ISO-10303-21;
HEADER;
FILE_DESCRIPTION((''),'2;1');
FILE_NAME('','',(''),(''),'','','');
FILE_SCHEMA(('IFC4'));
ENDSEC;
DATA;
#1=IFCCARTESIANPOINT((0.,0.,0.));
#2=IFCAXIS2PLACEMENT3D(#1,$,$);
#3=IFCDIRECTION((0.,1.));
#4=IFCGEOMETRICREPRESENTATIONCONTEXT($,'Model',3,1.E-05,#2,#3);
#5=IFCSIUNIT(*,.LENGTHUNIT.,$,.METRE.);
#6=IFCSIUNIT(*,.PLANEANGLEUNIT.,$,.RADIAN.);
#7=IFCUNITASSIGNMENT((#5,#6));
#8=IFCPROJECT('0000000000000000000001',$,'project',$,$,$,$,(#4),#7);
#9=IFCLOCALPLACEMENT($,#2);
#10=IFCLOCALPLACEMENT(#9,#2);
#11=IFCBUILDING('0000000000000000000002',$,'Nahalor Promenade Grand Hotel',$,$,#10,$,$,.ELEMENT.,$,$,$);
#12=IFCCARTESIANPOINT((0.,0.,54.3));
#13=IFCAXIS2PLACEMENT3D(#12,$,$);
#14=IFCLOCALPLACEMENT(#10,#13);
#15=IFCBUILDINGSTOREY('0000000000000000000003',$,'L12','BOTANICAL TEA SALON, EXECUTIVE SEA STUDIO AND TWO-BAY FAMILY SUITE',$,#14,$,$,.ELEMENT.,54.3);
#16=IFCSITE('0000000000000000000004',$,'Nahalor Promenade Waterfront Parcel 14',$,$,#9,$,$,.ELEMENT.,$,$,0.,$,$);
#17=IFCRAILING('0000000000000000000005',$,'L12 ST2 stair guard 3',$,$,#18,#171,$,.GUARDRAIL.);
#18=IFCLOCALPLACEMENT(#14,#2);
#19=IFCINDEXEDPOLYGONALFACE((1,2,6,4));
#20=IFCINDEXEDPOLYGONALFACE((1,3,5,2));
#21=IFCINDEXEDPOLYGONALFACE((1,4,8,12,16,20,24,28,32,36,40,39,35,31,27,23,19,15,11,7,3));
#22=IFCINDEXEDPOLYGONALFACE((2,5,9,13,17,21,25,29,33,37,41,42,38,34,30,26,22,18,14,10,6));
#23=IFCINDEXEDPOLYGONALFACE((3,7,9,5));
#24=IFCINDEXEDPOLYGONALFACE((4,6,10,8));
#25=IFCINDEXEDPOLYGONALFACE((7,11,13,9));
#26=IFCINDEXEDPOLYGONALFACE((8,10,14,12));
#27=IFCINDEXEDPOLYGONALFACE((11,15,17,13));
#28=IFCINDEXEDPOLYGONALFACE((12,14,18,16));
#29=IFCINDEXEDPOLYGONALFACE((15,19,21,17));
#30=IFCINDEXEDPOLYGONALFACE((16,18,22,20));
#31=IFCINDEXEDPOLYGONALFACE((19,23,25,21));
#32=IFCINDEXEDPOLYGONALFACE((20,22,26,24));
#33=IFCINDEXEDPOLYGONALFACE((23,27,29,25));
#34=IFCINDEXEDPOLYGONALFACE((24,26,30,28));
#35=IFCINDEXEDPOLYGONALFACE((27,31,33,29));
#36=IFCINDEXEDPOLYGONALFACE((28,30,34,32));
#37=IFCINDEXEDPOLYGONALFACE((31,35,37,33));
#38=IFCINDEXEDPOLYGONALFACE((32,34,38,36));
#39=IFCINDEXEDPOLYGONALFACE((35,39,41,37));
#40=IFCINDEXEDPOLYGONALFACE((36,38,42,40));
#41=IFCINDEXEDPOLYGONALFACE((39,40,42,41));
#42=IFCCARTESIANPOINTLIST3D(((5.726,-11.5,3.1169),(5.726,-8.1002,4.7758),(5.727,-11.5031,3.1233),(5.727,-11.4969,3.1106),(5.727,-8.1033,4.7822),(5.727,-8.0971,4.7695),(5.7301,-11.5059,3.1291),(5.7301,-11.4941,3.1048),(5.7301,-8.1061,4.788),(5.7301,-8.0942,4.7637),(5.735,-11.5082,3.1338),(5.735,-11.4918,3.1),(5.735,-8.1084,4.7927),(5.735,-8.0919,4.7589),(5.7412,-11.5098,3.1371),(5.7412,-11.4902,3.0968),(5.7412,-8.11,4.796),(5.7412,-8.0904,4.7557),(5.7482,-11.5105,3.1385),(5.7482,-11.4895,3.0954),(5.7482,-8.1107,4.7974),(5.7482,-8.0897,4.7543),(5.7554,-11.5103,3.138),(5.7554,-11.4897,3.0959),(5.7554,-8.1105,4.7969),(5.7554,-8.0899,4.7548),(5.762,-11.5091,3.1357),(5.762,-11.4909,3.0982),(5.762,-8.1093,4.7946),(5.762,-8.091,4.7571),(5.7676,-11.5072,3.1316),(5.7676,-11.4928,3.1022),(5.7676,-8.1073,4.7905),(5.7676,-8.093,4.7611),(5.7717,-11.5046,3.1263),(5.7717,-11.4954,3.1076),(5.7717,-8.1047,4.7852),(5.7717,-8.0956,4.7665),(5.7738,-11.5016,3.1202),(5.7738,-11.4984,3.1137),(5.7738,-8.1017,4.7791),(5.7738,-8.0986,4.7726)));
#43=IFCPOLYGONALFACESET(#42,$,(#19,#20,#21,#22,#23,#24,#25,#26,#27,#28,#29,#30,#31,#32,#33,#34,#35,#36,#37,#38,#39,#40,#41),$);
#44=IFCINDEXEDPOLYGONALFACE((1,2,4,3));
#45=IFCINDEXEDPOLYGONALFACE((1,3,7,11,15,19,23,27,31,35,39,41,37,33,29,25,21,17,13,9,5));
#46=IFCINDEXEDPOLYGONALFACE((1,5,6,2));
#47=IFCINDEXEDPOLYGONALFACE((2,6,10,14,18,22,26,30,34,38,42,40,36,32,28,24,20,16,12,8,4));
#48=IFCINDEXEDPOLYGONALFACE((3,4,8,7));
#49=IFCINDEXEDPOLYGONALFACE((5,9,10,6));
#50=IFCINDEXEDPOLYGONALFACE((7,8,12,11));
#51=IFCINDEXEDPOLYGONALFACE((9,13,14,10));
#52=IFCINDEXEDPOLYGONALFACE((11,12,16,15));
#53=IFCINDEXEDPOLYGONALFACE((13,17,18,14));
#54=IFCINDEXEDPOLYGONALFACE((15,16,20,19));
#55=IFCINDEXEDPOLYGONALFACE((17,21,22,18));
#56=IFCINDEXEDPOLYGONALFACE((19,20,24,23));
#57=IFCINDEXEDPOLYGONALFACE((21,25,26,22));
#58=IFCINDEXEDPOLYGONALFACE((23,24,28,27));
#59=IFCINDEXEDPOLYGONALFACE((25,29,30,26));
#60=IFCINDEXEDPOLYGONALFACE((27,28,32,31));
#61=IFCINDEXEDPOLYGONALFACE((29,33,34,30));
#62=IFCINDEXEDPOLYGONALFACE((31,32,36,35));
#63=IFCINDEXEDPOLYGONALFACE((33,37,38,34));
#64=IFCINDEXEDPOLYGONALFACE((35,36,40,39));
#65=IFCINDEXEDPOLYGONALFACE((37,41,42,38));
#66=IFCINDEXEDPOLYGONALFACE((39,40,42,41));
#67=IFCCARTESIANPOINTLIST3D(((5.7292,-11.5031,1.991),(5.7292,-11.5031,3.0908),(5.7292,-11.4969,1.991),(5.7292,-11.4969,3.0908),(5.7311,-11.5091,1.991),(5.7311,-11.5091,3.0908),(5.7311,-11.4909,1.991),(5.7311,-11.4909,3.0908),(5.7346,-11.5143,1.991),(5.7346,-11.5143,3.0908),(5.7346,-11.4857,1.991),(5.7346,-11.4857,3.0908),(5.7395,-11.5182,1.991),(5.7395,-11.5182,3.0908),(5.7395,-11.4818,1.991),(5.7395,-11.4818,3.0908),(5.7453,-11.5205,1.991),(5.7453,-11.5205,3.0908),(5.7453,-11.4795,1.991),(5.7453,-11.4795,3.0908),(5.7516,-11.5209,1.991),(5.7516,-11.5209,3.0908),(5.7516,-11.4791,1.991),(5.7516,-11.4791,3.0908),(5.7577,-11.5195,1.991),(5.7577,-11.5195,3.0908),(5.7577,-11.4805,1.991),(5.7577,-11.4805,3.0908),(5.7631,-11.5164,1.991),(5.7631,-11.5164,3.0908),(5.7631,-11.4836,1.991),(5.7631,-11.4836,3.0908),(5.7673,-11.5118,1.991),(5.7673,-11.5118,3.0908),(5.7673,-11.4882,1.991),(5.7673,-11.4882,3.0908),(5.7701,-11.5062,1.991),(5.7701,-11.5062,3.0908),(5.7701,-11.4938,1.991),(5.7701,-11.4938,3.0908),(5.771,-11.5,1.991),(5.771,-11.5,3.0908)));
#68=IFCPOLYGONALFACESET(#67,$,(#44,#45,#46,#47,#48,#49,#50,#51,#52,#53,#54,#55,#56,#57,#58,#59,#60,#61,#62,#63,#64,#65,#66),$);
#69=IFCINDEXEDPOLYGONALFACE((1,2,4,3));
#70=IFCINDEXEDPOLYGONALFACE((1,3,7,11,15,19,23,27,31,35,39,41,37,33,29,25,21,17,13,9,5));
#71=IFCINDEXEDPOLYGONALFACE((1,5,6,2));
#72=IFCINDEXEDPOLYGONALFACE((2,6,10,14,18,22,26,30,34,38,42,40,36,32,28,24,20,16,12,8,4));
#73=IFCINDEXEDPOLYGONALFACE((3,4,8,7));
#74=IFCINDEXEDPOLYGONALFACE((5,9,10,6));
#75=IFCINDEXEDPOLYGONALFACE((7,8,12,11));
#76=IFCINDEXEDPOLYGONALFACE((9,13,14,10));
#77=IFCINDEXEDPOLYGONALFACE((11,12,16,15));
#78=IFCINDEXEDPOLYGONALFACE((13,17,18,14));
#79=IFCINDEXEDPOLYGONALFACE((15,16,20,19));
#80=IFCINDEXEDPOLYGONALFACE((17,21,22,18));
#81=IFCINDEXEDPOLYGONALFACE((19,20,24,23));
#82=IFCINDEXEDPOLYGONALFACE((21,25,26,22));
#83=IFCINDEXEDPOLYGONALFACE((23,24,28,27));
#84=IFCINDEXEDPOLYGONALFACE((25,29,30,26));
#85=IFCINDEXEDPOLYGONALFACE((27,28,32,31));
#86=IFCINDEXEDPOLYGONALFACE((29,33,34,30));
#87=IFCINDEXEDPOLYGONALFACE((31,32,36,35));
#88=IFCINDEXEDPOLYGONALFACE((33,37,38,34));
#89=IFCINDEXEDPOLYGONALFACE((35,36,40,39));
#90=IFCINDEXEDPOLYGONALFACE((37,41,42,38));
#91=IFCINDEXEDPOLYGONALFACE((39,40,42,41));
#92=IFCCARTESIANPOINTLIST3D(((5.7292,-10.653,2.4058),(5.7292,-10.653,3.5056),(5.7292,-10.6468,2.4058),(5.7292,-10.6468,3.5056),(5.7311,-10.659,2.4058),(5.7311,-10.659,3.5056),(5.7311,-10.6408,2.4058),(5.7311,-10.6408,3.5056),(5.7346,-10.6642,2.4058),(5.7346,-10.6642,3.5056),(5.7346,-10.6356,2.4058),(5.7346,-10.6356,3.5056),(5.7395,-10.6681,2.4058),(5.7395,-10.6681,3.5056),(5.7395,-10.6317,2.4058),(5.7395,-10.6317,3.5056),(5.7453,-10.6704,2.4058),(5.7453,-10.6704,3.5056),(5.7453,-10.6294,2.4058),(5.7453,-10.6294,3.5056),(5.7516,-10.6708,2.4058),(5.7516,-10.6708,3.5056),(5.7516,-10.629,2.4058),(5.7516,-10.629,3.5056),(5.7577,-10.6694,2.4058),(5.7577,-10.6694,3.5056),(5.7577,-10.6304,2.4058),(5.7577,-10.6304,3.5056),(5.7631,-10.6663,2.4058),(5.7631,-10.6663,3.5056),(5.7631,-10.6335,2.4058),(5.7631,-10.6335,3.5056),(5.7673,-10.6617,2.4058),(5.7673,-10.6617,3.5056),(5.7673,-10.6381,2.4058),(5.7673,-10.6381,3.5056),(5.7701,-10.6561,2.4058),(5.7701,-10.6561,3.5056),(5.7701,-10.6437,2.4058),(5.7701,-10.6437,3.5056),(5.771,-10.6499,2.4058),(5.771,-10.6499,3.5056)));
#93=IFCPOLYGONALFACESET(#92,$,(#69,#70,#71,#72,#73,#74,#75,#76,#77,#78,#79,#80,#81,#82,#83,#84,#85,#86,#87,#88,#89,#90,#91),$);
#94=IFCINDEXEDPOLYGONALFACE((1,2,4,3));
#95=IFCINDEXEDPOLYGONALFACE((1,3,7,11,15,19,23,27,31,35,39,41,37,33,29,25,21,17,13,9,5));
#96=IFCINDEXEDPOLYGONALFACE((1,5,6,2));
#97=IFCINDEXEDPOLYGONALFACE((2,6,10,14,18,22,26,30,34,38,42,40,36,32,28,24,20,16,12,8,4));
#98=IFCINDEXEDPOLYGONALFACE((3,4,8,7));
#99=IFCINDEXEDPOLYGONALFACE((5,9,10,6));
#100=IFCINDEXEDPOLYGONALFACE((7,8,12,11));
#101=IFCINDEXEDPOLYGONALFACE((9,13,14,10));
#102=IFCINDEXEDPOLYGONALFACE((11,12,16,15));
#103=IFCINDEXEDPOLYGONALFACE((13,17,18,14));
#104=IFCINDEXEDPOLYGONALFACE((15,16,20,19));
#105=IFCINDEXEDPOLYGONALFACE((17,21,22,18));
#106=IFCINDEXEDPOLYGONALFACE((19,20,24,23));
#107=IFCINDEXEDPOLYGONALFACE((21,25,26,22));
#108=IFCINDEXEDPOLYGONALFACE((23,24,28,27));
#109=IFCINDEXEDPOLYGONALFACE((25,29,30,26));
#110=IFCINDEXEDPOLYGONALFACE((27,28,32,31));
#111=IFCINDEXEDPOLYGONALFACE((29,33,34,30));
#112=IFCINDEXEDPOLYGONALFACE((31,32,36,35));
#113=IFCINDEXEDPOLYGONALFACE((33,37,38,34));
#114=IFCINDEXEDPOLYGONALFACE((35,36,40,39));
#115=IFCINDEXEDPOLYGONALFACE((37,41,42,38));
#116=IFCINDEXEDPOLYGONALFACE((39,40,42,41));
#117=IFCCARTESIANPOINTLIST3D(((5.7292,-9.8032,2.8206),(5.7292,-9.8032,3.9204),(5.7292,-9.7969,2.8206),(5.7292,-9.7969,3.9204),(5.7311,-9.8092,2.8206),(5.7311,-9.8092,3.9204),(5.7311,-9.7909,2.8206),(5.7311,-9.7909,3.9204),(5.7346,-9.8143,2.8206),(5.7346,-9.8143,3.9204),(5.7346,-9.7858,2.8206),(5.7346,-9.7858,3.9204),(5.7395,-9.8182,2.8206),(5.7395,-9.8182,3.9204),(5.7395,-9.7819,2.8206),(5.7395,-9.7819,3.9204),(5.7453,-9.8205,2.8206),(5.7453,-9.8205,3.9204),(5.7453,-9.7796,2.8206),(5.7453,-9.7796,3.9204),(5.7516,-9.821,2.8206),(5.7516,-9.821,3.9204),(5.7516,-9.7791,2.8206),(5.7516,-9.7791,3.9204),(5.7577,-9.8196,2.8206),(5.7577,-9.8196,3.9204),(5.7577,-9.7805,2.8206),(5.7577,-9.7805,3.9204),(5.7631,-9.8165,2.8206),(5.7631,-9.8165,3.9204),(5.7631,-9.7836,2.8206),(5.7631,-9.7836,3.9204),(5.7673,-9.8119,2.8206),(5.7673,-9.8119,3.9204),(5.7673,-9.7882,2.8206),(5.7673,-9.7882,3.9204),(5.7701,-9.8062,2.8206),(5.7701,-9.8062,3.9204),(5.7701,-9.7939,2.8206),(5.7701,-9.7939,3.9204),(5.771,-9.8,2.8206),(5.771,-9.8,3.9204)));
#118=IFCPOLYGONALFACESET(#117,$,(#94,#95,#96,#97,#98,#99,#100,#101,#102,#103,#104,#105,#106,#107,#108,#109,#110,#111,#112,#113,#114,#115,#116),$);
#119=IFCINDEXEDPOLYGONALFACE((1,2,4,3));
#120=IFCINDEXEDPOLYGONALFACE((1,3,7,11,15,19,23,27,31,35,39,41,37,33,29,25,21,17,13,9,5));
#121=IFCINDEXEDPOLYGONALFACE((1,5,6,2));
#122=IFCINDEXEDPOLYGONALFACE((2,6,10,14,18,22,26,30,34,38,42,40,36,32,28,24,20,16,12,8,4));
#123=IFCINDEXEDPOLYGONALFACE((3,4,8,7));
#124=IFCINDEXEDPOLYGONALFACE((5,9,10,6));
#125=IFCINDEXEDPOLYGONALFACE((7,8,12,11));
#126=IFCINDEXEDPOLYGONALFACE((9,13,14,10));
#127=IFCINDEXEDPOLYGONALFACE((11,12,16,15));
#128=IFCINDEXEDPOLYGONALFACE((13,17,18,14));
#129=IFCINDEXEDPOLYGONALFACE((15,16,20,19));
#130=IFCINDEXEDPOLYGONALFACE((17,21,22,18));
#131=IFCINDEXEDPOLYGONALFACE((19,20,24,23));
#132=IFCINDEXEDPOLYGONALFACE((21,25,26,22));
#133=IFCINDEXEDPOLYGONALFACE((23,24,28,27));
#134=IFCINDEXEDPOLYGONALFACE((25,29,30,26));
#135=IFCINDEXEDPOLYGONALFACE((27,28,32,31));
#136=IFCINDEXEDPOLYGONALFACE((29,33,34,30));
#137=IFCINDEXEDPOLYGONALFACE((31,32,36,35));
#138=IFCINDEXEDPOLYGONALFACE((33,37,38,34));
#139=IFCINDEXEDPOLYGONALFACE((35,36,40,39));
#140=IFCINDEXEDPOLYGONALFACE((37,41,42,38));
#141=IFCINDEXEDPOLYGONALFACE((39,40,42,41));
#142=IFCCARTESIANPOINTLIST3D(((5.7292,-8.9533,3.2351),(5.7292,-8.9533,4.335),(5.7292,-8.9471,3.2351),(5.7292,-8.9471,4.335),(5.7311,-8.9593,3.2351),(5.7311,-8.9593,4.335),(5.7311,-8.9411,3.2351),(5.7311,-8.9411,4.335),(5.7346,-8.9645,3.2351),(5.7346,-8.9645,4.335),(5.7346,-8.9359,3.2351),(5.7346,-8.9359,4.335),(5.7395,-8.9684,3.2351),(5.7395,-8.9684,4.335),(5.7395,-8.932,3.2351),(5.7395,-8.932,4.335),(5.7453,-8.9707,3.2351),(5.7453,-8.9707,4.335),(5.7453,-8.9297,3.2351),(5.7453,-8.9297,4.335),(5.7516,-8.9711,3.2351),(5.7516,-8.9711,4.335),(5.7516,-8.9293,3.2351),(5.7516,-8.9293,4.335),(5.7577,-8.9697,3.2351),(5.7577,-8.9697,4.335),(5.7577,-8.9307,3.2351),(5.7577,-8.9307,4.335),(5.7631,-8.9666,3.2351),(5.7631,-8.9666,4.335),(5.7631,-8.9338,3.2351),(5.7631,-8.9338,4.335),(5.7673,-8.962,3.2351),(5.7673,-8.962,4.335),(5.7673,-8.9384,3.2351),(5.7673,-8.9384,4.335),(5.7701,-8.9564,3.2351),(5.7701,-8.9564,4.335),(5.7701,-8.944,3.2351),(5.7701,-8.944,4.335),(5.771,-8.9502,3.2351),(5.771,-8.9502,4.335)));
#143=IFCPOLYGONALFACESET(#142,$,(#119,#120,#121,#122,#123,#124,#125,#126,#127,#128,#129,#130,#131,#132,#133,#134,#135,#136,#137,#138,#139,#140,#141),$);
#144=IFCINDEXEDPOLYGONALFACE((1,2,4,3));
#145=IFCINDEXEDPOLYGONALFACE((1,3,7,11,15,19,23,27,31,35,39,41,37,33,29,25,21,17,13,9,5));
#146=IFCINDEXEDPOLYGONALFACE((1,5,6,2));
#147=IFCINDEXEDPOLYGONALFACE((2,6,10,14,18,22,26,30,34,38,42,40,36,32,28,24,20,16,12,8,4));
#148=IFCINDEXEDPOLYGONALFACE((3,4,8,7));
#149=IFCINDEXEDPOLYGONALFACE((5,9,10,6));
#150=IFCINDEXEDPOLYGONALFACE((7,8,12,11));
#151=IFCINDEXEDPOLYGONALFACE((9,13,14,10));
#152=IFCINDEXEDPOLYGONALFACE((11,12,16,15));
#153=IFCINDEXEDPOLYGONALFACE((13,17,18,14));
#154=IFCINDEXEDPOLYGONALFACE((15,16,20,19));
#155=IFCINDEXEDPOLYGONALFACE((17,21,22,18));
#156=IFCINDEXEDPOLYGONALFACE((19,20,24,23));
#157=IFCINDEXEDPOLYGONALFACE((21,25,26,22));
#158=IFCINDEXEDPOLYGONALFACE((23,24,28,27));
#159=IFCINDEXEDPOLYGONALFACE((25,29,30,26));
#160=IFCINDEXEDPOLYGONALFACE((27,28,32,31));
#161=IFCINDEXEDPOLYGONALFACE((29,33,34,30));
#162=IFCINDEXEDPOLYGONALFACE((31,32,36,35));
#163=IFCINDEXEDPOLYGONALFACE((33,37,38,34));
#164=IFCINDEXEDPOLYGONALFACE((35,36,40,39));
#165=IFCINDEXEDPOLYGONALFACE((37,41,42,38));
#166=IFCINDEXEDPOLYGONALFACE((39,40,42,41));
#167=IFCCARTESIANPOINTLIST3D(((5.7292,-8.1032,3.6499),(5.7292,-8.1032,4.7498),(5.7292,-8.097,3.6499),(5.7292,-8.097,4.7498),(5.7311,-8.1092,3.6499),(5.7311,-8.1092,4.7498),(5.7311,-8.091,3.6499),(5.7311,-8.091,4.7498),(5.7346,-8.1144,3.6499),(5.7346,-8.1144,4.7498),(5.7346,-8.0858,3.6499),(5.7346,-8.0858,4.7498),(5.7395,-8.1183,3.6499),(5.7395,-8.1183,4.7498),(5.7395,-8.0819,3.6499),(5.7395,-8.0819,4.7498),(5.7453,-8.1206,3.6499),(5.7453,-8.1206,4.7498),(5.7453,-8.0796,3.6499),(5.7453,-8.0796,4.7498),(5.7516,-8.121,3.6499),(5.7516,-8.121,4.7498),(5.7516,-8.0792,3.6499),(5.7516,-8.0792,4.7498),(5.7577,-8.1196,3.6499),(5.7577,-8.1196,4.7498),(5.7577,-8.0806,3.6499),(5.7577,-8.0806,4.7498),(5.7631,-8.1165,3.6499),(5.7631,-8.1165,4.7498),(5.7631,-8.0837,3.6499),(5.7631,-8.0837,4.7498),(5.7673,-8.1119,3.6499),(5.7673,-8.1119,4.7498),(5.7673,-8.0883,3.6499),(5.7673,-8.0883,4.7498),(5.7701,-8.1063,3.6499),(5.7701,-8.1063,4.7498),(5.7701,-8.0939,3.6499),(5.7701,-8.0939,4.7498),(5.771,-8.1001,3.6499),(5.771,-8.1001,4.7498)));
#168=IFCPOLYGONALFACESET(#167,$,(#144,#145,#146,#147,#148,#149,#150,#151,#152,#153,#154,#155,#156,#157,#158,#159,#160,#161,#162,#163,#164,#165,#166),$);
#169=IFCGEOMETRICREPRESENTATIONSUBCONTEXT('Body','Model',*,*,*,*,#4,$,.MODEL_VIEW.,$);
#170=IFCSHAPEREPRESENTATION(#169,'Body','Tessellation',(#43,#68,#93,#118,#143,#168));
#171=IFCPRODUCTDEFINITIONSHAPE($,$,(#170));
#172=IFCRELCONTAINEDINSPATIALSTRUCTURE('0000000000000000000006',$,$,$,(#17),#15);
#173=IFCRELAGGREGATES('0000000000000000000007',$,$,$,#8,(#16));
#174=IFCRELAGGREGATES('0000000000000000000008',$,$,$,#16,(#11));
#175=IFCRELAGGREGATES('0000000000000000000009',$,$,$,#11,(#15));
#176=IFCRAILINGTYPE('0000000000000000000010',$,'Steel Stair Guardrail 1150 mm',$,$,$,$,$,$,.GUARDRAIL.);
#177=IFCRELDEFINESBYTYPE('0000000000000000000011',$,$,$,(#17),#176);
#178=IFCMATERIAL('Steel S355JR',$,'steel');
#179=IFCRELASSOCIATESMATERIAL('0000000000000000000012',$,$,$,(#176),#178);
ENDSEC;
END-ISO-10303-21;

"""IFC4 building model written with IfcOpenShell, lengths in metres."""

from ifc_helpers import new_model, si_unit, direction, frame, origin, origin_2d, place, context, subcontext, project, spatial, circle, extrude, material, type_object, element, save


model = new_model("IFC4")

# Units and contexts
model_context = context("Model", 3, precision=1e-05, world=origin(), true_north=direction((0.0, 1.0)))
body_context = subcontext(model_context, "Body", "Model", "MODEL_VIEW")
ifc_project = project(units=[si_unit("LENGTHUNIT", "METRE"), si_unit("PLANEANGLEUNIT", "RADIAN")], contexts=[model_context])

# Site, building, storey
site_placement = place(None, origin())
site = spatial("IfcSite", under=ifc_project, at=site_placement, Name="Nahalor Promenade Waterfront Parcel 14", CompositionType="ELEMENT", RefElevation=0.0)
building_placement = place(site_placement, origin())
building = spatial("IfcBuilding", under=site, at=building_placement, Name="Nahalor Promenade Grand Hotel", CompositionType="ELEMENT")
storey_placement = place(building_placement, frame((0.0, 0.0, 54.3)))
storey = spatial("IfcBuildingStorey", under=building, at=storey_placement, Name="L12", Description="BOTANICAL TEA SALON, EXECUTIVE SEA STUDIO AND TWO-BAY FAMILY SUITE", CompositionType="ELEMENT", Elevation=54.3)

# Shared definitions
ifc_material_1 = material(Name="Steel S355JR", Category="steel")

# Railing
railing_type_1 = type_object("IfcRailingType", Name="Steel Stair Guardrail 1150 mm", PredefinedType="GUARDRAIL", material=ifc_material_1)
railing_1_placement = place(storey_placement, frame((5.75, -11.5, 1.991)))
element("IfcRailing", 1, at=railing_1_placement, inside=storey, type_object=railing_type_1, Name="L12 ST2 stair guard 3", PredefinedType="GUARDRAIL", context=body_context, shape_type="SweptSolid", body=[
    extrude(circle(Radius=0.024, at=origin_2d()), frame((0.0, 0.0, 1.126), z_axis=(0.0, 0.898722, 0.438519), x_axis=(-1.0, 0.0, 0.0)), (0.0, 0.0, 1.0), 3.783),
    extrude(circle(Radius=0.021, at=origin_2d()), origin(), (0.0, 0.0, 1.0), 1.0999),
    extrude(circle(Radius=0.021, at=origin_2d()), frame((0.0, 0.8501, 0.4148)), (0.0, 0.0, 1.0), 1.0999),
    extrude(circle(Radius=0.021, at=origin_2d()), frame((0.0, 1.7, 0.8296)), (0.0, 0.0, 1.0), 1.0999),
    extrude(circle(Radius=0.021, at=origin_2d()), frame((0.0, 2.5498, 1.2441)), (0.0, 0.0, 1.0), 1.0999),
    extrude(circle(Radius=0.021, at=origin_2d()), frame((0.0, 3.3999, 1.6589)), (0.0, 0.0, 1.0), 1.0999),
])

save(model, "model.ifc")
